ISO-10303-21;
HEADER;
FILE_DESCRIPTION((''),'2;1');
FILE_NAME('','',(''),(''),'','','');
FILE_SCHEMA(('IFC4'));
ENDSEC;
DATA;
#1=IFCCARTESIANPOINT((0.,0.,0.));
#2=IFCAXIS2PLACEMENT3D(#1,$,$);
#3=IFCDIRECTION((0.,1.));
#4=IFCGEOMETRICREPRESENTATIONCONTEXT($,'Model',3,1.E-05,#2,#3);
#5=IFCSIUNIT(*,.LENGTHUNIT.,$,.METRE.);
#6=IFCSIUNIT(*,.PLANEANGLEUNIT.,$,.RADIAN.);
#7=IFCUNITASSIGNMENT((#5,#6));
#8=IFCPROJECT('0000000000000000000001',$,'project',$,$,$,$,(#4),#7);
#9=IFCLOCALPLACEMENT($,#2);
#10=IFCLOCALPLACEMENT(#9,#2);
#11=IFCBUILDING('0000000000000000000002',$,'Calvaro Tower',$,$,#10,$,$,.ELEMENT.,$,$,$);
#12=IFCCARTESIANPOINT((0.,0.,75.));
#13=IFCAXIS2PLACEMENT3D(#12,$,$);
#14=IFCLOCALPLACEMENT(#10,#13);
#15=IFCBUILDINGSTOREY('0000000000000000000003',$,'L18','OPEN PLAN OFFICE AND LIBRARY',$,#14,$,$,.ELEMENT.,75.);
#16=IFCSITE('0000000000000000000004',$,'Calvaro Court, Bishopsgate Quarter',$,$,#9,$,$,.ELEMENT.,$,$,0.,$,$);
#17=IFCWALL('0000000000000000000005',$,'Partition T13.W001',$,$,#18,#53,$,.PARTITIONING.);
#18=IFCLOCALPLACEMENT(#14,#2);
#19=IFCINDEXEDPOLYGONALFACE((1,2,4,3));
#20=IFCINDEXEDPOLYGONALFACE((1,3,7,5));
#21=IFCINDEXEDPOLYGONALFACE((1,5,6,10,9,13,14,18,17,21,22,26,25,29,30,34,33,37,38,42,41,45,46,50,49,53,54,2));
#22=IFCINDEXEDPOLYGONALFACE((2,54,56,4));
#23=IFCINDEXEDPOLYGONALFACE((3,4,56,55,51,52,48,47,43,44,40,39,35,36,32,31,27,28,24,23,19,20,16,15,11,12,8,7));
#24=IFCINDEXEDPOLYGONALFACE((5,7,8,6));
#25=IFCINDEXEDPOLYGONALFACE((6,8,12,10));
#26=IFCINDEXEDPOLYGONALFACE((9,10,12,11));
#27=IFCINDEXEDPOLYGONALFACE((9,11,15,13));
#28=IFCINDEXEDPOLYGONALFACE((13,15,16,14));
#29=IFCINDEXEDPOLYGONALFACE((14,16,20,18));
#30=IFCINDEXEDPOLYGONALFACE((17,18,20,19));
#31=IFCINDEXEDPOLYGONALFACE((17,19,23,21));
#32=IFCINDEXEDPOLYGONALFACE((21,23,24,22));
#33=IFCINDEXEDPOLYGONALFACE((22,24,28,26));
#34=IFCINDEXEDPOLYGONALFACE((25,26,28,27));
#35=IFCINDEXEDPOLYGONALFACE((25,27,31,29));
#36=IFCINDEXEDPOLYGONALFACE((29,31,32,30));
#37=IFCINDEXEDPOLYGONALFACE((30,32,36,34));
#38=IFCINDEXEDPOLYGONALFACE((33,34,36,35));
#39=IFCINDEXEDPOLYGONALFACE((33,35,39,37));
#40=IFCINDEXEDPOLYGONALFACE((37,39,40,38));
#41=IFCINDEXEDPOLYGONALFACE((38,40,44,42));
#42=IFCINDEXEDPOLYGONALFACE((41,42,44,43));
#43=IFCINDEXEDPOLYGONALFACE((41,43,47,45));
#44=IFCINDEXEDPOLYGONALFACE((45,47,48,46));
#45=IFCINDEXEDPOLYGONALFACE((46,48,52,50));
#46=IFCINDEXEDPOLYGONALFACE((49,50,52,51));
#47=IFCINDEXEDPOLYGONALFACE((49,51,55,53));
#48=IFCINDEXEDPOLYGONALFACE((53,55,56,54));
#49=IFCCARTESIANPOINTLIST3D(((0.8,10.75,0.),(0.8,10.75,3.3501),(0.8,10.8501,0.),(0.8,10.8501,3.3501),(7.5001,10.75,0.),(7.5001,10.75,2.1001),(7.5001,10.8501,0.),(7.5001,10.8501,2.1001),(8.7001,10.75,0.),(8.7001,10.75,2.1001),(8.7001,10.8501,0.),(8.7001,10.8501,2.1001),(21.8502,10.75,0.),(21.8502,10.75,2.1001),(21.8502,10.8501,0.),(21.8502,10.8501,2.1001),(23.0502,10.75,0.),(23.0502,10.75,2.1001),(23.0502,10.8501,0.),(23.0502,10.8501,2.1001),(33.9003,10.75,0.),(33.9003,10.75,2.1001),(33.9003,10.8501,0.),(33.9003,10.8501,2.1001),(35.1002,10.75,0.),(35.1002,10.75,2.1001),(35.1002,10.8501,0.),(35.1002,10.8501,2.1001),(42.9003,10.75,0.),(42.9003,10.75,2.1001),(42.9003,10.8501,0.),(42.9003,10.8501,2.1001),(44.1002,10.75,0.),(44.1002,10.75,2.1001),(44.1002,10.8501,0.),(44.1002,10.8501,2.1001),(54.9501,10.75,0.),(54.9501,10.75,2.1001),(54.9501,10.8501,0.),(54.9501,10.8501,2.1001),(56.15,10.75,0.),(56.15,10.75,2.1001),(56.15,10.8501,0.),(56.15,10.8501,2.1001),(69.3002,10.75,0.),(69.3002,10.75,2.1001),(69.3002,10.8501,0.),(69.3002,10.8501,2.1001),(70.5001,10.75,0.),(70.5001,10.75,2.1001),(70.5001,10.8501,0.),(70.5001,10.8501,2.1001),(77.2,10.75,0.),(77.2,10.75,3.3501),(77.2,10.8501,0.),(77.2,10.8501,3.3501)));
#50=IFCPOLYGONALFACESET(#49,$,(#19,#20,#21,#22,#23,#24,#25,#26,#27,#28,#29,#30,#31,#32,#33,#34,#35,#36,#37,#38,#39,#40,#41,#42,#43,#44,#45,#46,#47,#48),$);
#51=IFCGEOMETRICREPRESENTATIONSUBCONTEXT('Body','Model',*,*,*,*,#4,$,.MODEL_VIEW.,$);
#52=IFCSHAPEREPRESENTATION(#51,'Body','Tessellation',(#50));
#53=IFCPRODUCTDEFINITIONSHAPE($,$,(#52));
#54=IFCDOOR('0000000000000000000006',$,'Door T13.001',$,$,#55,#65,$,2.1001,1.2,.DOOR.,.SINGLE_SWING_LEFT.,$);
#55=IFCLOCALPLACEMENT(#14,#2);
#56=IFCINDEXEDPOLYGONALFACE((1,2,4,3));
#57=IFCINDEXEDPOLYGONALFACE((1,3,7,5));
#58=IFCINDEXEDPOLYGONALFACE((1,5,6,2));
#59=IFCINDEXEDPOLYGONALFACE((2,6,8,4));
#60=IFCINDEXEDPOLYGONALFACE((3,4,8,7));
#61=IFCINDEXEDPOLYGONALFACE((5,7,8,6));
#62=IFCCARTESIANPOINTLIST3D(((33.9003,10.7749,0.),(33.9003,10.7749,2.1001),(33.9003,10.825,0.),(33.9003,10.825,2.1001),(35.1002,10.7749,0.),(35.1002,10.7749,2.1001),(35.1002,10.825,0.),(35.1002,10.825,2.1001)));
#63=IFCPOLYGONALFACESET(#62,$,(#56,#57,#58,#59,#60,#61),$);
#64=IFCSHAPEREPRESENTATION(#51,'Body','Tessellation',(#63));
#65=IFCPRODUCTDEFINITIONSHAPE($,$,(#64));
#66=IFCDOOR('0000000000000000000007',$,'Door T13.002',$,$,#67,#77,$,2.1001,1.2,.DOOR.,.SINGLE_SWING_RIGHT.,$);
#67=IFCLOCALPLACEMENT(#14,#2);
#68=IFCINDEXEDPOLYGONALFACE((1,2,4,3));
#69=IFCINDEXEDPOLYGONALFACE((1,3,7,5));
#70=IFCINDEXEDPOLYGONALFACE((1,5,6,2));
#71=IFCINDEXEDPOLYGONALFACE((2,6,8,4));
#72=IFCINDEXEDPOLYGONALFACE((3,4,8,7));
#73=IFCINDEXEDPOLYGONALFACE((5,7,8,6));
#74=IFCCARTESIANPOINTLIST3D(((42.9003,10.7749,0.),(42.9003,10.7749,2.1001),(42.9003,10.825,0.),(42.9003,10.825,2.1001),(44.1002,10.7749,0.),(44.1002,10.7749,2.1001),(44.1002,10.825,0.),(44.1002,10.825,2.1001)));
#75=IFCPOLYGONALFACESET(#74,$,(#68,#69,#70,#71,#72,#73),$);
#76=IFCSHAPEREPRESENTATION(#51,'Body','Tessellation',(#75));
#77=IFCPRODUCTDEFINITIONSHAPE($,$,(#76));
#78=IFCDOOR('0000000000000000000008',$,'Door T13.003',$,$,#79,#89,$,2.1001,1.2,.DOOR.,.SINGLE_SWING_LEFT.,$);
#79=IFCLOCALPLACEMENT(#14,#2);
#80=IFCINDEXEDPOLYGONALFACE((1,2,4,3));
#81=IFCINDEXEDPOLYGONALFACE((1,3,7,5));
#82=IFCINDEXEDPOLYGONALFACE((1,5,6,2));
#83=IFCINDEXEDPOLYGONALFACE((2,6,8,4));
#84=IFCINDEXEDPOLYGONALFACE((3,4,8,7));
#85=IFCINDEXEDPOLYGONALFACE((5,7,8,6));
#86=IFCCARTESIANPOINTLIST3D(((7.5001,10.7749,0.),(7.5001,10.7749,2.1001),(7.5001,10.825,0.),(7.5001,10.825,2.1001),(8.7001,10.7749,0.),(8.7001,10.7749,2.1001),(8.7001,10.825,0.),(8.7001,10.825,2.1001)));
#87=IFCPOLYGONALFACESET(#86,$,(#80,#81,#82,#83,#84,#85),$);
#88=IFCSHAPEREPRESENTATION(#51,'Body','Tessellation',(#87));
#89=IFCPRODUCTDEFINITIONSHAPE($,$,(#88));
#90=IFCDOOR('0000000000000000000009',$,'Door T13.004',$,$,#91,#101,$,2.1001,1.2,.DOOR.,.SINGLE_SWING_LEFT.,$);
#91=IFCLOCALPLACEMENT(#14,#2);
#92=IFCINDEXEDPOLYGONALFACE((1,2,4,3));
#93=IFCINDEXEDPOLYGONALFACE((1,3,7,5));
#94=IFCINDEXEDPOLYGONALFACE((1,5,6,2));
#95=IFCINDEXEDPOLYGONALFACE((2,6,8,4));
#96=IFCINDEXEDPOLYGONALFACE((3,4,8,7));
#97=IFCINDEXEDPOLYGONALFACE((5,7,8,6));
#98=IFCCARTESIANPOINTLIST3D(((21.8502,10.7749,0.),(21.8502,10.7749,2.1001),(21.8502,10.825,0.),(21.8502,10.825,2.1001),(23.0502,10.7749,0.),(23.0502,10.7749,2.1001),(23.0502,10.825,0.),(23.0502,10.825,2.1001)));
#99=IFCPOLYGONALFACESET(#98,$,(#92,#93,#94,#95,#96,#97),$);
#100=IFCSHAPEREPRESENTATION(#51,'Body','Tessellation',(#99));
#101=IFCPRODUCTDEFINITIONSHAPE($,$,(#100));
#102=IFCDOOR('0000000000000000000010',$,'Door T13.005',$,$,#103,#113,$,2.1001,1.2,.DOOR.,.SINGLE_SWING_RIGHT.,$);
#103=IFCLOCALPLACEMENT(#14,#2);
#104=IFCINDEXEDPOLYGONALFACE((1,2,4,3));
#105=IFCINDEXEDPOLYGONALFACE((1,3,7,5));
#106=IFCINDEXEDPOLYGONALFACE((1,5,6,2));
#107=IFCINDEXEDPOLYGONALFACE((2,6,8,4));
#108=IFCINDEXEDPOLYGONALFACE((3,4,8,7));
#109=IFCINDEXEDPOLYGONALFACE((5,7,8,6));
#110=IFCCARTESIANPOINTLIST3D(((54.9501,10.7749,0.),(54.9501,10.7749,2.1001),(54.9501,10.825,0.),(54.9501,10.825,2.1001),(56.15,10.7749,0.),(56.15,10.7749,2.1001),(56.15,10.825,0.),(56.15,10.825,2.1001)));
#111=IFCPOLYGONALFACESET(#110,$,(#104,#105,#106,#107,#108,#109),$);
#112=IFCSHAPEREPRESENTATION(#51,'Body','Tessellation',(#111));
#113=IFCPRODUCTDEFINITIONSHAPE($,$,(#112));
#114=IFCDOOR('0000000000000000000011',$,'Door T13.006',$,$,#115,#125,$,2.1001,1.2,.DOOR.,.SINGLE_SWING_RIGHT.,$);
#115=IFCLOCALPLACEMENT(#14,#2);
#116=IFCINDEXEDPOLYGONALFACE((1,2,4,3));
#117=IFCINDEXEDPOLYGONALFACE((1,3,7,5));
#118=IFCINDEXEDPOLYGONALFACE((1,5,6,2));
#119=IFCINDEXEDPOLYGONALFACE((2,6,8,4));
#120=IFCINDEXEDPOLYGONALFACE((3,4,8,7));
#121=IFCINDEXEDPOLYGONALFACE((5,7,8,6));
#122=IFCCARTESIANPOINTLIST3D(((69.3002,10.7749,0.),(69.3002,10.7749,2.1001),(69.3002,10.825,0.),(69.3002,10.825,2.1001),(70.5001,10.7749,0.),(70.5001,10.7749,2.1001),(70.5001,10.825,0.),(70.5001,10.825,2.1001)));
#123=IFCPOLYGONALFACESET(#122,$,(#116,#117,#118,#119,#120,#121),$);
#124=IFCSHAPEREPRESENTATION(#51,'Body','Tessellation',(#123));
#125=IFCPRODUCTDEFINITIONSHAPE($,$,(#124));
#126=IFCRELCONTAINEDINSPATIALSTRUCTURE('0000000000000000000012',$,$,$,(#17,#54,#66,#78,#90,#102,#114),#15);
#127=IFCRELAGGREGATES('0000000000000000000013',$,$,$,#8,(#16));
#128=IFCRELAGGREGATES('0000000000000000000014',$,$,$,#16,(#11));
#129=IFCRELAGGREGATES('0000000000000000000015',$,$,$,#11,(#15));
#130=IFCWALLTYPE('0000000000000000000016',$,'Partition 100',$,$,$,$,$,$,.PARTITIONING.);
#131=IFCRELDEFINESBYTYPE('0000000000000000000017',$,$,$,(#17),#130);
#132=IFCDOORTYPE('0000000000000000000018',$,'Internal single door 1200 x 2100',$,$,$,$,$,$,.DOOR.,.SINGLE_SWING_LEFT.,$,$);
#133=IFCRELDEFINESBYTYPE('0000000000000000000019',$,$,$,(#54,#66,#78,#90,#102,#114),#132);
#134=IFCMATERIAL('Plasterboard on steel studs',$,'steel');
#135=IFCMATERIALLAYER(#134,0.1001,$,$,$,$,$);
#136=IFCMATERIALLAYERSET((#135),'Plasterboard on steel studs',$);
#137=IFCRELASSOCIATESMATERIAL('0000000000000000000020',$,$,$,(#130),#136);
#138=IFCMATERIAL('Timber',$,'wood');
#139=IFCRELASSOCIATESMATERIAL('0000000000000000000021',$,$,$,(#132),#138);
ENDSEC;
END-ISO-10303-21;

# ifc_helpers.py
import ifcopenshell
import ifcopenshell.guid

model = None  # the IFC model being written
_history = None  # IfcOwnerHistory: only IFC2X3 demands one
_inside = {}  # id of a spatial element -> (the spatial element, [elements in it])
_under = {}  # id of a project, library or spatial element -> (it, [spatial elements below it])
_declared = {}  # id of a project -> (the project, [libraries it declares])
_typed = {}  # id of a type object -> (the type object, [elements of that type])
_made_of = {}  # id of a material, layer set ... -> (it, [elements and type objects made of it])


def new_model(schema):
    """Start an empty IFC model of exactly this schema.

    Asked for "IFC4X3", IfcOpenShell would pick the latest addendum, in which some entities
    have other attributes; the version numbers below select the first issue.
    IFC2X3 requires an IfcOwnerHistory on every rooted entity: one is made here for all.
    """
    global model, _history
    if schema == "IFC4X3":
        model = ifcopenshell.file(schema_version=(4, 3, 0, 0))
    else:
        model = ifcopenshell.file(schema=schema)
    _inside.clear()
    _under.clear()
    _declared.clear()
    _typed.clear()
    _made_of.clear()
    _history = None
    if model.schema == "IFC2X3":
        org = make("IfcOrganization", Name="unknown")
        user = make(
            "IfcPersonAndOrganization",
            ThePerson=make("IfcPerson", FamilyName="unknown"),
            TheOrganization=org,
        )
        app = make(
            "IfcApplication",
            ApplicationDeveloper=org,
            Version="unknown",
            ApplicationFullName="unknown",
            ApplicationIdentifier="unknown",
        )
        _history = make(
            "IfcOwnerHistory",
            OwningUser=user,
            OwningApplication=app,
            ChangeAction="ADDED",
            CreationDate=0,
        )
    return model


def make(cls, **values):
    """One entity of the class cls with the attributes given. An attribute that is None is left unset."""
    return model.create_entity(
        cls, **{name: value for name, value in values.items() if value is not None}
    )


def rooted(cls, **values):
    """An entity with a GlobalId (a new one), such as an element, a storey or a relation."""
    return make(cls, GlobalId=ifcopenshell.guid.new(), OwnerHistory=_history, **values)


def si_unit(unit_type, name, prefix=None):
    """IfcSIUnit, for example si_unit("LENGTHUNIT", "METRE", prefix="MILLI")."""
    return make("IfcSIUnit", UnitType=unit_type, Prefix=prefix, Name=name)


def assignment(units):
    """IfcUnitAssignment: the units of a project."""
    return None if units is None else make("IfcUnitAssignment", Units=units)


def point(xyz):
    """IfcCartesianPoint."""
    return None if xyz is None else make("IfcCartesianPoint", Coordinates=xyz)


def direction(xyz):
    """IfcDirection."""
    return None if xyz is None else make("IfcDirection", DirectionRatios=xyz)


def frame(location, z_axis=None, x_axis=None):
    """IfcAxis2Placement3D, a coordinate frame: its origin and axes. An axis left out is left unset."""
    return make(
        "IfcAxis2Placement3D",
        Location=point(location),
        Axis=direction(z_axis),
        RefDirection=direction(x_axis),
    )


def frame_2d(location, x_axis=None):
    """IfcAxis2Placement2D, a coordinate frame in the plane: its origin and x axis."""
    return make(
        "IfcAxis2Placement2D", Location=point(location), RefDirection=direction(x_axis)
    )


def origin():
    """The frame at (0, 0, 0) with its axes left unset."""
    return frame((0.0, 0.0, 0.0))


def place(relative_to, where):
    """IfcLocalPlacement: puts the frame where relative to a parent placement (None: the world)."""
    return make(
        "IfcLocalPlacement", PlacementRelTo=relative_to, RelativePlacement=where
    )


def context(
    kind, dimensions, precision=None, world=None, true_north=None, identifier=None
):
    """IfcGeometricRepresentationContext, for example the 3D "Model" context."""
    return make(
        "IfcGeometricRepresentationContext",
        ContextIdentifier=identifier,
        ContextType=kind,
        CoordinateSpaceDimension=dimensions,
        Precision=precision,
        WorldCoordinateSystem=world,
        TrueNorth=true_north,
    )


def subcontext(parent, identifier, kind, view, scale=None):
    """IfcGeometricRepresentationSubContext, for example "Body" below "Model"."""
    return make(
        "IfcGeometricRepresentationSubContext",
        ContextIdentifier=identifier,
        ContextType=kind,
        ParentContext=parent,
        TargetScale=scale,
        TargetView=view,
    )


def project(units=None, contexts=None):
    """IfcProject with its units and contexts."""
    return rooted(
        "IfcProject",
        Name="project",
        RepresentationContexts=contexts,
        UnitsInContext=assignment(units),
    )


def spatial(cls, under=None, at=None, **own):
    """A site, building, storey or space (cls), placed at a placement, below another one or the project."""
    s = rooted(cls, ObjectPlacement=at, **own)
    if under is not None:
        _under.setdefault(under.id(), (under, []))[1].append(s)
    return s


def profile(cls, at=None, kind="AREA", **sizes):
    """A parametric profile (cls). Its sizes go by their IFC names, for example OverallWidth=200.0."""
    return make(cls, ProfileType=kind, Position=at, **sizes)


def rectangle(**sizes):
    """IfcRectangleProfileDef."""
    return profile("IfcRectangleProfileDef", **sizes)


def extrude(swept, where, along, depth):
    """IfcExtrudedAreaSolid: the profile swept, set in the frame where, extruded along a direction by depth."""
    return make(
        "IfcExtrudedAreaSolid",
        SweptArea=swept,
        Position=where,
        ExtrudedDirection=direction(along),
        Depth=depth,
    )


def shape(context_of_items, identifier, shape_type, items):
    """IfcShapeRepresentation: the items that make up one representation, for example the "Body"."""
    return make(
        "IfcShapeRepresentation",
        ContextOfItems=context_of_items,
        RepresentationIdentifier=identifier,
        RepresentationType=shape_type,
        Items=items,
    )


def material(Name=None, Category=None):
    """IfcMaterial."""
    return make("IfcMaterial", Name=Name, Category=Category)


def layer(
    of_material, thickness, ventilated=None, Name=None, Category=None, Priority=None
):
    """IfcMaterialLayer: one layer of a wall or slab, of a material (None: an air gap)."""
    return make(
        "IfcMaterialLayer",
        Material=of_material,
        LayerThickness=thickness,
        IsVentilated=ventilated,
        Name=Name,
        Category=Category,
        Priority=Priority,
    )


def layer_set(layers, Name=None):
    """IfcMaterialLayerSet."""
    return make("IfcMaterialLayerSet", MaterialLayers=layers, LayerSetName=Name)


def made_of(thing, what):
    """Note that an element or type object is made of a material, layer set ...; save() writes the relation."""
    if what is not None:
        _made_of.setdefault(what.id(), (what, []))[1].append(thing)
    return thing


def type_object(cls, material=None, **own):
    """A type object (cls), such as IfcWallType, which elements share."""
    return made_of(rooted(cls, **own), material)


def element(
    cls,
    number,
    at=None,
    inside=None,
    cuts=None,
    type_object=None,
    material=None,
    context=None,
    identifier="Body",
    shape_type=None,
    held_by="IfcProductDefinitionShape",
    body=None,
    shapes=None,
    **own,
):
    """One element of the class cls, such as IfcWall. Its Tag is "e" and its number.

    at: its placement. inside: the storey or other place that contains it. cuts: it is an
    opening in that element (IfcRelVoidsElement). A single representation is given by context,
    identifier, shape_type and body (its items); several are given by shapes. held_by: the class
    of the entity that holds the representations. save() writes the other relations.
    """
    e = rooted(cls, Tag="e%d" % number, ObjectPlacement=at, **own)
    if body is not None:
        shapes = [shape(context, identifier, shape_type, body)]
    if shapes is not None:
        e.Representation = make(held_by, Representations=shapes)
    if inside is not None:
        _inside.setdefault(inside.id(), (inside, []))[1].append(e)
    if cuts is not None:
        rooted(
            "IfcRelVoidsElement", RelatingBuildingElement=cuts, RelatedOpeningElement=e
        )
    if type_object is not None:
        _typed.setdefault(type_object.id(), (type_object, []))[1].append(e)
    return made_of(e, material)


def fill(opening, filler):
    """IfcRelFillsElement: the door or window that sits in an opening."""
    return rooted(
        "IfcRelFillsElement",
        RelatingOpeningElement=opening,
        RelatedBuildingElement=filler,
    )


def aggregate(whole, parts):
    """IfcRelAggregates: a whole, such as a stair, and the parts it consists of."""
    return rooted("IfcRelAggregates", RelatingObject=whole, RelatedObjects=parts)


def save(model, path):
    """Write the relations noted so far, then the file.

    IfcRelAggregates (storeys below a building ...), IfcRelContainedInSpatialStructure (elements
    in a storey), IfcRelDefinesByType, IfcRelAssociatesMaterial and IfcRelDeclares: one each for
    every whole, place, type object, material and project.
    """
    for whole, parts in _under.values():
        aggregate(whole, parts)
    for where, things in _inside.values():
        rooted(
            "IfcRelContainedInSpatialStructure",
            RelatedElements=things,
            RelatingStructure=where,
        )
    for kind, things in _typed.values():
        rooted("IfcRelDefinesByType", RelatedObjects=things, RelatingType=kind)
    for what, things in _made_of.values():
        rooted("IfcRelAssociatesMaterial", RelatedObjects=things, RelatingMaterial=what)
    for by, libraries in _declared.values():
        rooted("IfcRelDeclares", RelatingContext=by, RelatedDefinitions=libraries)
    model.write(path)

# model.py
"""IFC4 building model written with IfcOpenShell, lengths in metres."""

from ifc_helpers import new_model, si_unit, direction, frame, frame_2d, origin, place, context, subcontext, project, spatial, rectangle, extrude, material, layer, layer_set, type_object, element, fill, save


model = new_model("IFC4")

# Units and contexts
model_context = context("Model", 3, precision=1e-05, world=origin(), true_north=direction((0.0, 1.0)))
body_context = subcontext(model_context, "Body", "Model", "MODEL_VIEW")
ifc_project = project(units=[si_unit("LENGTHUNIT", "METRE"), si_unit("PLANEANGLEUNIT", "RADIAN")], contexts=[model_context])

# Site, building, storey
site_placement = place(None, origin())
site = spatial("IfcSite", under=ifc_project, at=site_placement, Name="Calvaro Court, Bishopsgate Quarter", CompositionType="ELEMENT", RefElevation=0.0)
building_placement = place(site_placement, origin())
building = spatial("IfcBuilding", under=site, at=building_placement, Name="Calvaro Tower", CompositionType="ELEMENT")
storey_placement = place(building_placement, frame((0.0, 0.0, 75.0)))
storey = spatial("IfcBuildingStorey", under=building, at=storey_placement, Name="L18", Description="OPEN PLAN OFFICE AND LIBRARY", CompositionType="ELEMENT", Elevation=75.0)

# Wall, openings, doors
ifc_material_1 = material(Name="Plasterboard on steel studs", Category="steel")
ifc_layer_1 = layer(ifc_material_1, 0.1001)
ifc_layer_set_1 = layer_set([ifc_layer_1], Name="Plasterboard on steel studs")
wall_type_1 = type_object("IfcWallType", Name="Partition 100", PredefinedType="PARTITIONING", material=ifc_layer_set_1)
wall_1_placement = place(storey_placement, frame((0.8, 10.8, 0.0), z_axis=(0.0, 0.0, 1.0), x_axis=(1.0, 0.0, 0.0)))
wall_1 = element("IfcWall", 1, at=wall_1_placement, inside=storey, type_object=wall_type_1, Name="Partition T13.W001", PredefinedType="PARTITIONING", context=body_context, shape_type="SweptSolid", body=[
    extrude(rectangle(XDim=76.3999, YDim=0.1001, at=frame_2d((38.2, 0.0))), origin(), (0.0, 0.0, 1.0), 3.3501),
])
opening_1_placement = place(wall_1_placement, frame((33.1001, 0.0, 0.0)))
opening_1 = element("IfcOpeningElement", 2, at=opening_1_placement, cuts=wall_1, PredefinedType="OPENING", context=body_context, shape_type="SweptSolid", body=[
    extrude(rectangle(XDim=1.2, YDim=2.1001, at=frame_2d((0.6001, 1.05))), frame((0.0, 0.0601, 0.0), z_axis=(0.0, -1.0, 0.0), x_axis=(1.0, 0.0, 0.0)), (0.0, 0.0, 1.0), 0.1201),
])
opening_2_placement = place(wall_1_placement, frame((42.1001, 0.0, 0.0)))
opening_2 = element("IfcOpeningElement", 3, at=opening_2_placement, cuts=wall_1, PredefinedType="OPENING", context=body_context, shape_type="SweptSolid", body=[
    extrude(rectangle(XDim=1.2, YDim=2.1001, at=frame_2d((0.6001, 1.05))), frame((0.0, 0.0601, 0.0), z_axis=(0.0, -1.0, 0.0), x_axis=(1.0, 0.0, 0.0)), (0.0, 0.0, 1.0), 0.1201),
])
opening_3_placement = place(wall_1_placement, frame((6.7, 0.0, 0.0)))
opening_3 = element("IfcOpeningElement", 4, at=opening_3_placement, cuts=wall_1, PredefinedType="OPENING", context=body_context, shape_type="SweptSolid", body=[
    extrude(rectangle(XDim=1.2, YDim=2.1001, at=frame_2d((0.6001, 1.05))), frame((0.0, 0.0601, 0.0), z_axis=(0.0, -1.0, 0.0), x_axis=(1.0, 0.0, 0.0)), (0.0, 0.0, 1.0), 0.1201),
])
opening_4_placement = place(wall_1_placement, frame((21.05, 0.0, 0.0)))
opening_4 = element("IfcOpeningElement", 5, at=opening_4_placement, cuts=wall_1, PredefinedType="OPENING", context=body_context, shape_type="SweptSolid", body=[
    extrude(rectangle(XDim=1.2, YDim=2.1001, at=frame_2d((0.6001, 1.05))), frame((0.0, 0.0601, 0.0), z_axis=(0.0, -1.0, 0.0), x_axis=(1.0, 0.0, 0.0)), (0.0, 0.0, 1.0), 0.1201),
])
opening_5_placement = place(wall_1_placement, frame((54.1499, 0.0, 0.0)))
opening_5 = element("IfcOpeningElement", 6, at=opening_5_placement, cuts=wall_1, PredefinedType="OPENING", context=body_context, shape_type="SweptSolid", body=[
    extrude(rectangle(XDim=1.2, YDim=2.1001, at=frame_2d((0.6001, 1.05))), frame((0.0, 0.0601, 0.0), z_axis=(0.0, -1.0, 0.0), x_axis=(1.0, 0.0, 0.0)), (0.0, 0.0, 1.0), 0.1201),
])
opening_6_placement = place(wall_1_placement, frame((68.5, 0.0, 0.0)))
opening_6 = element("IfcOpeningElement", 7, at=opening_6_placement, cuts=wall_1, PredefinedType="OPENING", context=body_context, shape_type="SweptSolid", body=[
    extrude(rectangle(XDim=1.2, YDim=2.1001, at=frame_2d((0.6001, 1.05))), frame((0.0, 0.0601, 0.0), z_axis=(0.0, -1.0, 0.0), x_axis=(1.0, 0.0, 0.0)), (0.0, 0.0, 1.0), 0.1201),
])
ifc_material_2 = material(Name="Timber", Category="wood")
door_type = type_object("IfcDoorType", Name="Internal single door 1200 x 2100", OperationType="SINGLE_SWING_LEFT", PredefinedType="DOOR", material=ifc_material_2)
door_1_placement = place(opening_1_placement, origin())
door_1 = element("IfcDoor", 8, at=door_1_placement, inside=storey, type_object=door_type, Name="Door T13.001", OperationType="SINGLE_SWING_LEFT", OverallHeight=2.1001, OverallWidth=1.2, PredefinedType="DOOR", context=body_context, shape_type="SweptSolid", body=[
    extrude(rectangle(XDim=1.2, YDim=2.1001, at=frame_2d((0.6001, 1.05))), frame((0.0, 0.0249, 0.0), z_axis=(0.0, -1.0, 0.0), x_axis=(1.0, 0.0, 0.0)), (0.0, 0.0, 1.0), 0.05),
])
fill(opening_1, door_1)
door_2_placement = place(opening_2_placement, origin())
door_2 = element("IfcDoor", 9, at=door_2_placement, inside=storey, type_object=door_type, Name="Door T13.002", OperationType="SINGLE_SWING_RIGHT", OverallHeight=2.1001, OverallWidth=1.2, PredefinedType="DOOR", context=body_context, shape_type="SweptSolid", body=[
    extrude(rectangle(XDim=1.2, YDim=2.1001, at=frame_2d((0.6001, 1.05))), frame((0.0, 0.0249, 0.0), z_axis=(0.0, -1.0, 0.0), x_axis=(1.0, 0.0, 0.0)), (0.0, 0.0, 1.0), 0.05),
])
fill(opening_2, door_2)
door_3_placement = place(opening_3_placement, origin())
door_3 = element("IfcDoor", 10, at=door_3_placement, inside=storey, type_object=door_type, Name="Door T13.003", OperationType="SINGLE_SWING_LEFT", OverallHeight=2.1001, OverallWidth=1.2, PredefinedType="DOOR", context=body_context, shape_type="SweptSolid", body=[
    extrude(rectangle(XDim=1.2, YDim=2.1001, at=frame_2d((0.6001, 1.05))), frame((0.0, 0.0249, 0.0), z_axis=(0.0, -1.0, 0.0), x_axis=(1.0, 0.0, 0.0)), (0.0, 0.0, 1.0), 0.05),
])
fill(opening_3, door_3)
door_4_placement = place(opening_4_placement, origin())
door_4 = element("IfcDoor", 11, at=door_4_placement, inside=storey, type_object=door_type, Name="Door T13.004", OperationType="SINGLE_SWING_LEFT", OverallHeight=2.1001, OverallWidth=1.2, PredefinedType="DOOR", context=body_context, shape_type="SweptSolid", body=[
    extrude(rectangle(XDim=1.2, YDim=2.1001, at=frame_2d((0.6001, 1.05))), frame((0.0, 0.0249, 0.0), z_axis=(0.0, -1.0, 0.0), x_axis=(1.0, 0.0, 0.0)), (0.0, 0.0, 1.0), 0.05),
])
fill(opening_4, door_4)
door_5_placement = place(opening_5_placement, origin())
door_5 = element("IfcDoor", 12, at=door_5_placement, inside=storey, type_object=door_type, Name="Door T13.005", OperationType="SINGLE_SWING_RIGHT", OverallHeight=2.1001, OverallWidth=1.2, PredefinedType="DOOR", context=body_context, shape_type="SweptSolid", body=[
    extrude(rectangle(XDim=1.2, YDim=2.1001, at=frame_2d((0.6001, 1.05))), frame((0.0, 0.0249, 0.0), z_axis=(0.0, -1.0, 0.0), x_axis=(1.0, 0.0, 0.0)), (0.0, 0.0, 1.0), 0.05),
])
fill(opening_5, door_5)
door_6_placement = place(opening_6_placement, origin())
door_6 = element("IfcDoor", 13, at=door_6_placement, inside=storey, type_object=door_type, Name="Door T13.006", OperationType="SINGLE_SWING_RIGHT", OverallHeight=2.1001, OverallWidth=1.2, PredefinedType="DOOR", context=body_context, shape_type="SweptSolid", body=[
    extrude(rectangle(XDim=1.2, YDim=2.1001, at=frame_2d((0.6001, 1.05))), frame((0.0, 0.0249, 0.0), z_axis=(0.0, -1.0, 0.0), x_axis=(1.0, 0.0, 0.0)), (0.0, 0.0, 1.0), 0.05),
])
fill(opening_6, door_6)

save(model, "model.ifc")
